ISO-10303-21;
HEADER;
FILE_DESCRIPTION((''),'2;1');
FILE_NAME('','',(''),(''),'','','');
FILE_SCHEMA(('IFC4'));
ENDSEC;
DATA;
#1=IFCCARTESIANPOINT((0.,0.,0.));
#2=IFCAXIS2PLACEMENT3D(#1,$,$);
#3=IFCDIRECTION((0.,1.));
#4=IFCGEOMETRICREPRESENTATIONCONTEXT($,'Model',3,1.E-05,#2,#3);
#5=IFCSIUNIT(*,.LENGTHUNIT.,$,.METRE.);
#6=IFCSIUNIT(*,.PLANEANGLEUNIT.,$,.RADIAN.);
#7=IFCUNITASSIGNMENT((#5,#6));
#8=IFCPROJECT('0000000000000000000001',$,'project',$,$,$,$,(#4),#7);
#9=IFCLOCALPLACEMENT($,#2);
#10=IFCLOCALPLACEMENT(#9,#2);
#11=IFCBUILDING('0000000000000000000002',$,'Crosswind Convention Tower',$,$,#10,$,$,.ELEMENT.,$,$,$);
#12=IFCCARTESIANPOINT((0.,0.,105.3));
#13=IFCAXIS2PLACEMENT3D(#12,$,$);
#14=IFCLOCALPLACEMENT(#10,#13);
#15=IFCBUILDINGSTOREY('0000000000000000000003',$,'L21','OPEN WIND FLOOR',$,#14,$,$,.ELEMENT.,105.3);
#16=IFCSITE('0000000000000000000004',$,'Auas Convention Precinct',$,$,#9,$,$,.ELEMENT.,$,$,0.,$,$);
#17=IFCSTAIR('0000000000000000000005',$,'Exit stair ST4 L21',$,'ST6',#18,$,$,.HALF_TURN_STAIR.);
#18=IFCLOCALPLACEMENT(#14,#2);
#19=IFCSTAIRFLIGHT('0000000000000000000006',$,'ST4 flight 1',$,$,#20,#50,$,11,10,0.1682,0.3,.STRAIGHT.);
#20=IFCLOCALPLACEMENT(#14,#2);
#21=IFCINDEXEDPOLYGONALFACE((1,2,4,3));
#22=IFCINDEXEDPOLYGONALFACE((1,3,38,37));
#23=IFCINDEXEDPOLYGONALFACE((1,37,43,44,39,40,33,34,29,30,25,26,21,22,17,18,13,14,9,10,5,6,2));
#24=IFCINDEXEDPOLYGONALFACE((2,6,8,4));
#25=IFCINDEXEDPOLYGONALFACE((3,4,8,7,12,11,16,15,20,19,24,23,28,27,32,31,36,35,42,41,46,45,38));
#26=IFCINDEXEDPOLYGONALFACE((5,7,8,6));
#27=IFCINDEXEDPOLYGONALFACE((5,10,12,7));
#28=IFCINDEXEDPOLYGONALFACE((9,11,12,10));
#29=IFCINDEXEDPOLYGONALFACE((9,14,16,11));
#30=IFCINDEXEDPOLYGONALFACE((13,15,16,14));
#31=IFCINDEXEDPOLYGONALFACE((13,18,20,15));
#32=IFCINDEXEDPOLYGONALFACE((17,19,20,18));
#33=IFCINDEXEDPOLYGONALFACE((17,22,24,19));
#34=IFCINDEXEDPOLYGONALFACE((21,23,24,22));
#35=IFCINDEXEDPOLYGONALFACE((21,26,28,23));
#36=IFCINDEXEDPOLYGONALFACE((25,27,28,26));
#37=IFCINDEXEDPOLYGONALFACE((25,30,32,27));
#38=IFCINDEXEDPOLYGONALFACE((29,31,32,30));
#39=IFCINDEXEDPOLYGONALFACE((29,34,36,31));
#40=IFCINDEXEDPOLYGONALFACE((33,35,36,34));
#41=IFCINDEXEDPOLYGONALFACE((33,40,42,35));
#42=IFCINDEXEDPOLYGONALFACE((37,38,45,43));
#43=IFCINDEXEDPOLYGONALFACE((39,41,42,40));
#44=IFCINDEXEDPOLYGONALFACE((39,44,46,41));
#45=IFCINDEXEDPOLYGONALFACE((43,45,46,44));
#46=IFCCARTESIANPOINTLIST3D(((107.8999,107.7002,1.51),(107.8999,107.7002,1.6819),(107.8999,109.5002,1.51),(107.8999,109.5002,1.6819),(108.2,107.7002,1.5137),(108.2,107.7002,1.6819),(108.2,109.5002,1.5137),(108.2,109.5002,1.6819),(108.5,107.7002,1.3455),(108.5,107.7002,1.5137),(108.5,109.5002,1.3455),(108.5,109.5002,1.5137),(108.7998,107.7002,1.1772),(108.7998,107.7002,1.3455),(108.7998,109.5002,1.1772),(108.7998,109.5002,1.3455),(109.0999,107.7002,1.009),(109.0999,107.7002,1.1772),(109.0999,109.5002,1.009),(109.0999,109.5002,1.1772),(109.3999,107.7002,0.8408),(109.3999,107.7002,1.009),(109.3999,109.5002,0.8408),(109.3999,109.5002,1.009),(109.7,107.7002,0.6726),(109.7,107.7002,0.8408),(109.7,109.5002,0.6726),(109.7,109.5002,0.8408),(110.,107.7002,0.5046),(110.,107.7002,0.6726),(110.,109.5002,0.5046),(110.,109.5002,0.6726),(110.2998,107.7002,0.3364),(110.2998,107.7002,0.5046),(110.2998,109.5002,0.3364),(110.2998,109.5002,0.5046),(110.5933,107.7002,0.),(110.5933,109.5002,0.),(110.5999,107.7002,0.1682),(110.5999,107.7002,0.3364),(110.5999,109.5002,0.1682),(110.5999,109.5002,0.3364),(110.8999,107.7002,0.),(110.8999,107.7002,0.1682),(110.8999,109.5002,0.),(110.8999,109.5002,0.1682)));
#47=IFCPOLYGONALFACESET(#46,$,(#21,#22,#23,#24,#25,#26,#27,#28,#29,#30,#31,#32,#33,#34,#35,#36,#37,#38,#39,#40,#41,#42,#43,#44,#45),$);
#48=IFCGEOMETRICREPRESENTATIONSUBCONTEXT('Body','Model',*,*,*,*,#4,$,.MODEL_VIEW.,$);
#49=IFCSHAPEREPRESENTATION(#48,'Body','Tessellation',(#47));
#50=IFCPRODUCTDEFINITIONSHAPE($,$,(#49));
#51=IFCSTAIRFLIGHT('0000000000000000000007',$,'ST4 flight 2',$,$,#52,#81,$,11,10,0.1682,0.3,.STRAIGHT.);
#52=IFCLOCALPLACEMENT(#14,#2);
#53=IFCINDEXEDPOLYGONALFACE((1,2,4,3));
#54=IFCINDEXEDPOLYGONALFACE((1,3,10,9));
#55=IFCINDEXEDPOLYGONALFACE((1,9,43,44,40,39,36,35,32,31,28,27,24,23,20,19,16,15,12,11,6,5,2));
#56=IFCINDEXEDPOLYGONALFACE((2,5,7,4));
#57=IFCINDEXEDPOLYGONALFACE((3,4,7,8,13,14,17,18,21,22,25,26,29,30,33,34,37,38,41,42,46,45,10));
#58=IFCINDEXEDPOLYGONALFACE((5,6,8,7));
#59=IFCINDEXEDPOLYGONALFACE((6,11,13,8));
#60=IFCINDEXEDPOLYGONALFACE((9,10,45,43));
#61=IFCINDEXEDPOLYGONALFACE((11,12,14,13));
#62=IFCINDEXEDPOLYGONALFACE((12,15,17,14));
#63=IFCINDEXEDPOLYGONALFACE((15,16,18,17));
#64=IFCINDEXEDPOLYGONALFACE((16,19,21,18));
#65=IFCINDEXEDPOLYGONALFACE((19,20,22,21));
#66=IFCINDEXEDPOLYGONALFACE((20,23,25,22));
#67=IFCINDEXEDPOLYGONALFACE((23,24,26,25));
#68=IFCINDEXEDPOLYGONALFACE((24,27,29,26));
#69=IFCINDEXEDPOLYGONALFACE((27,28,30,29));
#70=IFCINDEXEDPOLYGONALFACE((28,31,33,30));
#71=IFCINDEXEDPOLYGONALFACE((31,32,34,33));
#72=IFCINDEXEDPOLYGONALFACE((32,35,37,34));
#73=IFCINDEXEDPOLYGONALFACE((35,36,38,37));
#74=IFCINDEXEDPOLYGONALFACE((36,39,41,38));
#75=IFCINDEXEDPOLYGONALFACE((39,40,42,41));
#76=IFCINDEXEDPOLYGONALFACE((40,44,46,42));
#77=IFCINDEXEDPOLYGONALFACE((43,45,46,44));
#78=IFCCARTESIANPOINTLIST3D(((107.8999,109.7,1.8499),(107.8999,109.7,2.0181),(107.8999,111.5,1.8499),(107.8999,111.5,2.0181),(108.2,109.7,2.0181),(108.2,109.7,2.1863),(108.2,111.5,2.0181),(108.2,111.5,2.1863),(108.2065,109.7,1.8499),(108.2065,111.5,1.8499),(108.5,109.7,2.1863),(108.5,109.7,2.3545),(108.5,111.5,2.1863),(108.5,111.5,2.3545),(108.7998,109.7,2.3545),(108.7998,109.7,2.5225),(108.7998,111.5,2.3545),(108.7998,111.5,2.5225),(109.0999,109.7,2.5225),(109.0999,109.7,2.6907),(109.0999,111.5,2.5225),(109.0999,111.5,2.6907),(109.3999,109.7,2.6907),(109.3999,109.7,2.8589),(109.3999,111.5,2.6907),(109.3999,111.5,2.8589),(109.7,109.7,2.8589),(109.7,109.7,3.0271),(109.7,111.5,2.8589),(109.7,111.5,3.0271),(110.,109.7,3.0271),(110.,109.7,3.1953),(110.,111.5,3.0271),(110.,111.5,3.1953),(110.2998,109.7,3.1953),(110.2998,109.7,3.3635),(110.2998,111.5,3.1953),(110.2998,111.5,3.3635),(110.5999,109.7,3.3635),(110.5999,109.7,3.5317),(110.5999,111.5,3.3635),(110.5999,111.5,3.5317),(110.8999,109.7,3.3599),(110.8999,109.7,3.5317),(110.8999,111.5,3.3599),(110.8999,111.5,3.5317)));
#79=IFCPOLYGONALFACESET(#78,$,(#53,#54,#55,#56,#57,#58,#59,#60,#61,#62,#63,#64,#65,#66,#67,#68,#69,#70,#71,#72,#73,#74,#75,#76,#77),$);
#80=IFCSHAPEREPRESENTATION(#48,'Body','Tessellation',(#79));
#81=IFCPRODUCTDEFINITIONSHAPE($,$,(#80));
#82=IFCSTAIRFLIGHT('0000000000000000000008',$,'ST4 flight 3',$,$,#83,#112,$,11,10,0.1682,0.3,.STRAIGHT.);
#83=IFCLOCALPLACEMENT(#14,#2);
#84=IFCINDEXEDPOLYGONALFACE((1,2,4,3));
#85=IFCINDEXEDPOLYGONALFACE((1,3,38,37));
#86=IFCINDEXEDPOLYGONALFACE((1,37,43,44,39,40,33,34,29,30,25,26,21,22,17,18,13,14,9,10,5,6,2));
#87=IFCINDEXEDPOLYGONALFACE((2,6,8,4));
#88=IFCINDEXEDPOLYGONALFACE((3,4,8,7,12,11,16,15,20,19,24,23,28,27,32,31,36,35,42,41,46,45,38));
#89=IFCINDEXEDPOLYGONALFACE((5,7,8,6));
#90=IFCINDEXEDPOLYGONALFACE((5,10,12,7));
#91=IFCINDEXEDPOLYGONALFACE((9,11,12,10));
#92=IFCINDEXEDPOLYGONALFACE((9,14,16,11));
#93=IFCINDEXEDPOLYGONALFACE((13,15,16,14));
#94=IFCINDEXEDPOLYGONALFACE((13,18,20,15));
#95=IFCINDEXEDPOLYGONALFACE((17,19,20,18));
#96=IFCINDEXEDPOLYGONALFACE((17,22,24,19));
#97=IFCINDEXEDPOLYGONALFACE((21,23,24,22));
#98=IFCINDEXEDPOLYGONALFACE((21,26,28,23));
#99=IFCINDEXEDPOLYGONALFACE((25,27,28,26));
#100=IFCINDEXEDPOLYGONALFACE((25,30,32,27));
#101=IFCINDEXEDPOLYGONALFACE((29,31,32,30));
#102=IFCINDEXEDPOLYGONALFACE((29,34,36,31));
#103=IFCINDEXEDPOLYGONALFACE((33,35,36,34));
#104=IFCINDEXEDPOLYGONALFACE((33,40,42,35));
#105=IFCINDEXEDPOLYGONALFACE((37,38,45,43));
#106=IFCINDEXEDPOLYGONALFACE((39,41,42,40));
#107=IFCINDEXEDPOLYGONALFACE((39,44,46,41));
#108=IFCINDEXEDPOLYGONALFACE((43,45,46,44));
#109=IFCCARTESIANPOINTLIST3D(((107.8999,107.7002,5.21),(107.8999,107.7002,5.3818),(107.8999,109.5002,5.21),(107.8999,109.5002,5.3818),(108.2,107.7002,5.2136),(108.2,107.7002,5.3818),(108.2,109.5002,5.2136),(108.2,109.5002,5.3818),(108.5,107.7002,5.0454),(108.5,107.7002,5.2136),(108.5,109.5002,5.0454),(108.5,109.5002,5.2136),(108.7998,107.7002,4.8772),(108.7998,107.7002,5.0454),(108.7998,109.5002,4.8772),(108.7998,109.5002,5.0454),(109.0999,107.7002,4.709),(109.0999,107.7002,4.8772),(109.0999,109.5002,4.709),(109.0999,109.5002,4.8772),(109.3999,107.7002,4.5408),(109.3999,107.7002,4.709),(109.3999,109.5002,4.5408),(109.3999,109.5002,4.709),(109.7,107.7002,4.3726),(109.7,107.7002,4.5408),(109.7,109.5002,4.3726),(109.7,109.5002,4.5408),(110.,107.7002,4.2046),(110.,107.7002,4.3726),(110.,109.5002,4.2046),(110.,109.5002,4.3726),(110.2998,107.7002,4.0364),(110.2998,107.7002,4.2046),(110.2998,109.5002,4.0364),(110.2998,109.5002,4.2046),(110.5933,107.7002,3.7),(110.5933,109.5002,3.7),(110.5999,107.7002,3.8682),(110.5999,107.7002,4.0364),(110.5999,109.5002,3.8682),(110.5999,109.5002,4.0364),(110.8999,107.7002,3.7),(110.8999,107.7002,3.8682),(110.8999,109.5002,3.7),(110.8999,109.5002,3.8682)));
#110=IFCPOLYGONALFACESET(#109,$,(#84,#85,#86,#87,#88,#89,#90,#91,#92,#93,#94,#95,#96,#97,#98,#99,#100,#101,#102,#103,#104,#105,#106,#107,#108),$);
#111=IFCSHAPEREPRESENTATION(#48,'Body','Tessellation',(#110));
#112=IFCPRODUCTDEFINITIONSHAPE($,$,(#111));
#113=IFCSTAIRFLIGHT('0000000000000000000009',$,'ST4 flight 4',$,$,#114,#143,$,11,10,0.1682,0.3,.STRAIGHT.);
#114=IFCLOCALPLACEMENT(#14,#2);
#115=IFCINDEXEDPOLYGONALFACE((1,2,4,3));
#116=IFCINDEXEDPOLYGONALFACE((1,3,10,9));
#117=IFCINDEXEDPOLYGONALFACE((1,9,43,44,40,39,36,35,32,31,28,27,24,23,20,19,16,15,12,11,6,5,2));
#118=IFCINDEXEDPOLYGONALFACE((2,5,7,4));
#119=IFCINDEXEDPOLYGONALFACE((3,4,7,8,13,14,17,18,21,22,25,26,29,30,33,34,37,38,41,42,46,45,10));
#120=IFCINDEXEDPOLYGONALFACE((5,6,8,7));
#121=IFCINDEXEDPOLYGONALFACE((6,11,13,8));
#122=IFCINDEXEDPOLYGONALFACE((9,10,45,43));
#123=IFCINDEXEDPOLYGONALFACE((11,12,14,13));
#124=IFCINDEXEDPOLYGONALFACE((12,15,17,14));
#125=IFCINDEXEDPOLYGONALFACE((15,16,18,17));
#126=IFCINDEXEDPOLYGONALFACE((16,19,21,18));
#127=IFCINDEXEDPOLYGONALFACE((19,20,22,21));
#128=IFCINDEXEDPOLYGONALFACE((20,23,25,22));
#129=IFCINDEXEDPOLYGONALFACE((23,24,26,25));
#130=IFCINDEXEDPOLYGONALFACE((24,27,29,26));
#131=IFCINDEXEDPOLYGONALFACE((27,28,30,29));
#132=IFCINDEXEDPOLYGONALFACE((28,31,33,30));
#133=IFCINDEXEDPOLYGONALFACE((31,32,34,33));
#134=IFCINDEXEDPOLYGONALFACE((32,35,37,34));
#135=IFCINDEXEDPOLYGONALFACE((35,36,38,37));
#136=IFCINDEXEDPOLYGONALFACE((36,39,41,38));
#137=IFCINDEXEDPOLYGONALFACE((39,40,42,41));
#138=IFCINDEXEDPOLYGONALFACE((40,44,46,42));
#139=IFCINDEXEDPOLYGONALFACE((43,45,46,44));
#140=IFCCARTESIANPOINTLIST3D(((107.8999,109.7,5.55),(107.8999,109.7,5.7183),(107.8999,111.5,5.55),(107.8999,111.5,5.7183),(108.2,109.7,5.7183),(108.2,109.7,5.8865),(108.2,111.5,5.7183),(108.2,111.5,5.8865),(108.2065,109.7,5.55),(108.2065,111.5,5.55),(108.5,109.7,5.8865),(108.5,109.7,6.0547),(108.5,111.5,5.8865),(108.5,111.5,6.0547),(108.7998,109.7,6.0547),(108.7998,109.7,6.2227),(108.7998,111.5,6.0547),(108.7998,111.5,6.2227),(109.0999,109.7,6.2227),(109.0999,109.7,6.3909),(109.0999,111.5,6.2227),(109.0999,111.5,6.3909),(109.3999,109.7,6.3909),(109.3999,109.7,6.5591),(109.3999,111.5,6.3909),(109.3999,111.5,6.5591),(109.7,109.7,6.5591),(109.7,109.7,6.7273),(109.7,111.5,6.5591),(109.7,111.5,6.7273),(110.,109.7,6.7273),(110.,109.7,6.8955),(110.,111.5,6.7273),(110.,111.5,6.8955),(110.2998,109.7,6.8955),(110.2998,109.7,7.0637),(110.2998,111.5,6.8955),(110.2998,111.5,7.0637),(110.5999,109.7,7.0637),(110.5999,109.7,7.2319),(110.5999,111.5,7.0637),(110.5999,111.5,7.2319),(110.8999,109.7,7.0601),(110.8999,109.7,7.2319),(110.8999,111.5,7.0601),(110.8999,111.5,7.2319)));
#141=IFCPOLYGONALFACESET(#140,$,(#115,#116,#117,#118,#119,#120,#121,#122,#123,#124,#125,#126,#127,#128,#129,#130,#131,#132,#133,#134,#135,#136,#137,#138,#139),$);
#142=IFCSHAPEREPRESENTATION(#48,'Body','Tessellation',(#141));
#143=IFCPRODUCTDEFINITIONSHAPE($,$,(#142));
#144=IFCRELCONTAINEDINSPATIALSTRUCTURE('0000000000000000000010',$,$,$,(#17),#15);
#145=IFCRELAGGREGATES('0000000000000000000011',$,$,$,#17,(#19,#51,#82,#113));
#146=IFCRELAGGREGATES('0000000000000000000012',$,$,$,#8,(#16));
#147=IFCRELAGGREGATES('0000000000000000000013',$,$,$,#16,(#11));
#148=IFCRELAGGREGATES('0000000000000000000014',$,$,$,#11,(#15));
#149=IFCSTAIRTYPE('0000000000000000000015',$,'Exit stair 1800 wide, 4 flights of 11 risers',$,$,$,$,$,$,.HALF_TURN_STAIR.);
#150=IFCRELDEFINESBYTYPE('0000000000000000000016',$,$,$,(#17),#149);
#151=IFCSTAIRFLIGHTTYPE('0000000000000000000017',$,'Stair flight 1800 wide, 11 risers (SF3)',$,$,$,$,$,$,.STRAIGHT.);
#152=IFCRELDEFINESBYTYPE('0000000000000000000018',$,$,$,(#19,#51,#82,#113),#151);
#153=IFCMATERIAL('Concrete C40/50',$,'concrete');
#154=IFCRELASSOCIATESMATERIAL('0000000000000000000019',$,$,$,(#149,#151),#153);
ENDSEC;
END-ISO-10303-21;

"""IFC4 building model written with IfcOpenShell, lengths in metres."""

from ifc_helpers import new_model, si_unit, direction, frame, origin, place, context, subcontext, project, spatial, polyline, outline, extrude, material, type_object, element, aggregate, save


model = new_model("IFC4")

# Units and contexts
model_context = context("Model", 3, precision=1e-05, world=origin(), true_north=direction((0.0, 1.0)))
body_context = subcontext(model_context, "Body", "Model", "MODEL_VIEW")
ifc_project = project(units=[si_unit("LENGTHUNIT", "METRE"), si_unit("PLANEANGLEUNIT", "RADIAN")], contexts=[model_context])

# Site, building, storey
site_placement = place(None, origin())
site = spatial("IfcSite", under=ifc_project, at=site_placement, Name="Auas Convention Precinct", CompositionType="ELEMENT", RefElevation=0.0)
building_placement = place(site_placement, origin())
building = spatial("IfcBuilding", under=site, at=building_placement, Name="Crosswind Convention Tower", CompositionType="ELEMENT")
storey_placement = place(building_placement, frame((0.0, 0.0, 105.3)))
storey = spatial("IfcBuildingStorey", under=building, at=storey_placement, Name="L21", Description="OPEN WIND FLOOR", CompositionType="ELEMENT", Elevation=105.3)

# Stair, stair flights
ifc_material_1 = material(Name="Concrete C40/50", Category="concrete")
stair_type = type_object("IfcStairType", Name="Exit stair 1800 wide, 4 flights of 11 risers", PredefinedType="HALF_TURN_STAIR", material=ifc_material_1)
stair_placement = place(storey_placement, origin())
stair = element("IfcStair", 1, at=stair_placement, inside=storey, type_object=stair_type, Name="Exit stair ST4 L21", ObjectType="ST6", PredefinedType="HALF_TURN_STAIR")
stair_flight_type = type_object("IfcStairFlightType", Name="Stair flight 1800 wide, 11 risers (SF3)", PredefinedType="STRAIGHT", material=ifc_material_1)
stair_flight_1_placement = place(storey_placement, frame((110.8999, 108.6001, 0.0), z_axis=(0.0, 0.0, 1.0), x_axis=(-1.0, 0.0, 0.0)))
stair_flight_1 = element("IfcStairFlight", 2, at=stair_flight_1_placement, type_object=stair_flight_type, Name="ST4 flight 1", NumberOfRisers=11, NumberOfTreads=10, PredefinedType="STRAIGHT", RiserHeight=0.1682, TreadLength=0.3, context=body_context, shape_type="SweptSolid", body=[
    extrude(outline(polyline([(0.0, 0.0), (0.0, 0.1682), (0.3, 0.1682), (0.3, 0.3364), (0.6001, 0.3364), (0.6001, 0.5046), (0.8999, 0.5046), (0.8999, 0.6726), (1.2, 0.6726), (1.2, 0.8408), (1.5, 0.8408), (1.5, 1.009), (1.8, 1.009), (1.8, 1.1772), (2.1001, 1.1772), (2.1001, 1.3455), (2.3999, 1.3455), (2.3999, 1.5137), (2.7, 1.5137), (2.7, 1.6819), (3.0, 1.6819), (3.0, 1.8501), (3.0, 1.51), (0.3066, 0.0), (0.0, 0.0)])), frame((0.0, 0.8999, 0.0), z_axis=(0.0, -1.0, 0.0), x_axis=(1.0, 0.0, 0.0)), (0.0, 0.0, 1.0), 1.8),
])
stair_flight_2_placement = place(storey_placement, frame((107.8999, 110.6001, 1.8499), z_axis=(0.0, 0.0, 1.0), x_axis=(1.0, 0.0, 0.0)))
stair_flight_2 = element("IfcStairFlight", 3, at=stair_flight_2_placement, type_object=stair_flight_type, Name="ST4 flight 2", NumberOfRisers=11, NumberOfTreads=10, PredefinedType="STRAIGHT", RiserHeight=0.1682, TreadLength=0.3, context=body_context, shape_type="SweptSolid", body=[
    extrude(outline(polyline([(0.0, 0.0), (0.0, 0.1682), (0.3, 0.1682), (0.3, 0.3364), (0.6001, 0.3364), (0.6001, 0.5046), (0.8999, 0.5046), (0.8999, 0.6726), (1.2, 0.6726), (1.2, 0.8408), (1.5, 0.8408), (1.5, 1.009), (1.8, 1.009), (1.8, 1.1772), (2.1001, 1.1772), (2.1001, 1.3455), (2.3999, 1.3455), (2.3999, 1.5137), (2.7, 1.5137), (2.7, 1.6819), (3.0, 1.6819), (3.0, 1.8501), (3.0, 1.51), (0.3066, 0.0), (0.0, 0.0)])), frame((0.0, 0.8999, 0.0), z_axis=(0.0, -1.0, 0.0), x_axis=(1.0, 0.0, 0.0)), (0.0, 0.0, 1.0), 1.8),
])
stair_flight_3_placement = place(storey_placement, frame((110.8999, 108.6001, 3.7), z_axis=(0.0, 0.0, 1.0), x_axis=(-1.0, 0.0, 0.0)))
stair_flight_3 = element("IfcStairFlight", 4, at=stair_flight_3_placement, type_object=stair_flight_type, Name="ST4 flight 3", NumberOfRisers=11, NumberOfTreads=10, PredefinedType="STRAIGHT", RiserHeight=0.1682, TreadLength=0.3, context=body_context, shape_type="SweptSolid", body=[
    extrude(outline(polyline([(0.0, 0.0), (0.0, 0.1682), (0.3, 0.1682), (0.3, 0.3364), (0.6001, 0.3364), (0.6001, 0.5046), (0.8999, 0.5046), (0.8999, 0.6726), (1.2, 0.6726), (1.2, 0.8408), (1.5, 0.8408), (1.5, 1.009), (1.8, 1.009), (1.8, 1.1772), (2.1001, 1.1772), (2.1001, 1.3455), (2.3999, 1.3455), (2.3999, 1.5137), (2.7, 1.5137), (2.7, 1.6819), (3.0, 1.6819), (3.0, 1.8501), (3.0, 1.51), (0.3066, 0.0), (0.0, 0.0)])), frame((0.0, 0.8999, 0.0), z_axis=(0.0, -1.0, 0.0), x_axis=(1.0, 0.0, 0.0)), (0.0, 0.0, 1.0), 1.8),
])
stair_flight_4_placement = place(storey_placement, frame((107.8999, 110.6001, 5.55), z_axis=(0.0, 0.0, 1.0), x_axis=(1.0, 0.0, 0.0)))
stair_flight_4 = element("IfcStairFlight", 5, at=stair_flight_4_placement, type_object=stair_flight_type, Name="ST4 flight 4", NumberOfRisers=11, NumberOfTreads=10, PredefinedType="STRAIGHT", RiserHeight=0.1682, TreadLength=0.3, context=body_context, shape_type="SweptSolid", body=[
    extrude(outline(polyline([(0.0, 0.0), (0.0, 0.1682), (0.3, 0.1682), (0.3, 0.3364), (0.6001, 0.3364), (0.6001, 0.5046), (0.8999, 0.5046), (0.8999, 0.6726), (1.2, 0.6726), (1.2, 0.8408), (1.5, 0.8408), (1.5, 1.009), (1.8, 1.009), (1.8, 1.1772), (2.1001, 1.1772), (2.1001, 1.3455), (2.3999, 1.3455), (2.3999, 1.5137), (2.7, 1.5137), (2.7, 1.6819), (3.0, 1.6819), (3.0, 1.8501), (3.0, 1.51), (0.3066, 0.0), (0.0, 0.0)])), frame((0.0, 0.8999, 0.0), z_axis=(0.0, -1.0, 0.0), x_axis=(1.0, 0.0, 0.0)), (0.0, 0.0, 1.0), 1.8),
])
aggregate(stair, [stair_flight_1, stair_flight_2, stair_flight_3, stair_flight_4])

save(model, "model.ifc")
